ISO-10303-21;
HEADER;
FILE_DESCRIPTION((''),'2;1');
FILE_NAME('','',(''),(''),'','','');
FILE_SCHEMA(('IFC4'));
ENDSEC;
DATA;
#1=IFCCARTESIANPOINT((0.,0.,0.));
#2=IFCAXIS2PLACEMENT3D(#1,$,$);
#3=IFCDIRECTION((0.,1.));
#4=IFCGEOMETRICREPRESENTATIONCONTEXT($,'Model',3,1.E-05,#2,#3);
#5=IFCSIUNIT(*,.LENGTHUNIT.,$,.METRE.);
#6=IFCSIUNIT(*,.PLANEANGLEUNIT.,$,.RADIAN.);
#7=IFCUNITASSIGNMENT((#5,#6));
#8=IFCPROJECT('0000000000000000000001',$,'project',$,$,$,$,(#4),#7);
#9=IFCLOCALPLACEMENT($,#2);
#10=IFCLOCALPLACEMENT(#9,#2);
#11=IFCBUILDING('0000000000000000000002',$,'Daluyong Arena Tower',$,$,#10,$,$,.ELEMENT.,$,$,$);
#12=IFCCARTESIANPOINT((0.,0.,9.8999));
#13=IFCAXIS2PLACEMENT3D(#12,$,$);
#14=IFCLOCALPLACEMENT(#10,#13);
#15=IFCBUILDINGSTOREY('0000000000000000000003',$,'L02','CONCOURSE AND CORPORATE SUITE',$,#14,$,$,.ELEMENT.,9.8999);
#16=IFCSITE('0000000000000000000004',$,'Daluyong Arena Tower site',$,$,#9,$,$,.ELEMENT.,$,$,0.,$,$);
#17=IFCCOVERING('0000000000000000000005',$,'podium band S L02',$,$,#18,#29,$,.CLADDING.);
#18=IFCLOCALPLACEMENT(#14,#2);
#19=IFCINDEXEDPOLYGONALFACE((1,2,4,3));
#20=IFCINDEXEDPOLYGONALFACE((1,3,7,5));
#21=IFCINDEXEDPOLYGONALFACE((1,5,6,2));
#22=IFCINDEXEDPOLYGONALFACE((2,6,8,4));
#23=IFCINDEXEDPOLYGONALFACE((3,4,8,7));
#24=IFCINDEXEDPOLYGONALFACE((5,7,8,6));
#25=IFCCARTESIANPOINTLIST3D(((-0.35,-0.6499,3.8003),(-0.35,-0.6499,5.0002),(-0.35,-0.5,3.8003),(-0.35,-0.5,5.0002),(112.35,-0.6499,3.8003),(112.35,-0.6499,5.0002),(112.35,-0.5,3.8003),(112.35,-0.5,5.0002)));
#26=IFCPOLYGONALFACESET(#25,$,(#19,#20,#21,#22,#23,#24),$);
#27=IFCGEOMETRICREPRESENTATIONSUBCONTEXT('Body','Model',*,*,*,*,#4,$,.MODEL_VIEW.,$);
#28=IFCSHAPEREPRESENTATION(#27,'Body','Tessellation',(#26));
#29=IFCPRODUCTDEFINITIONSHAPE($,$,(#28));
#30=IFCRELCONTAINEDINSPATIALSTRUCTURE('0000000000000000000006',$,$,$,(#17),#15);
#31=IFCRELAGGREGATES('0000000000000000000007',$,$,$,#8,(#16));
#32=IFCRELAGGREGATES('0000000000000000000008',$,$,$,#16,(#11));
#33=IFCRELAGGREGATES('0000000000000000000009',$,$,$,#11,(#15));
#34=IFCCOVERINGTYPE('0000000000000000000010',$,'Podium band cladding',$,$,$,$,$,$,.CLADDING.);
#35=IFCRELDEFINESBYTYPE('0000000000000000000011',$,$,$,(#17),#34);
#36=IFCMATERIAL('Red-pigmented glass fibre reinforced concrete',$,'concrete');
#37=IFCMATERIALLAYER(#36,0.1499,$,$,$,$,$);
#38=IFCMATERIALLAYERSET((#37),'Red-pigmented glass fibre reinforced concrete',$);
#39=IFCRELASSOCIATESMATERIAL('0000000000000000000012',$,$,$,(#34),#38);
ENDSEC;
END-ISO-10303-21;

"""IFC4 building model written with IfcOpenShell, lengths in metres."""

from ifc_helpers import new_model, si_unit, direction, frame, origin, origin_2d, place, context, subcontext, project, spatial, rectangle, extrude, material, layer, layer_set, type_object, element, save


model = new_model("IFC4")

# Units and contexts
model_context = context("Model", 3, precision=1e-05, world=origin(), true_north=direction((0.0, 1.0)))
body_context = subcontext(model_context, "Body", "Model", "MODEL_VIEW")
ifc_project = project(units=[si_unit("LENGTHUNIT", "METRE"), si_unit("PLANEANGLEUNIT", "RADIAN")], contexts=[model_context])

# Site, building, storey
site_placement = place(None, origin())
site = spatial("IfcSite", under=ifc_project, at=site_placement, Name="Daluyong Arena Tower site", CompositionType="ELEMENT", RefElevation=0.0)
building_placement = place(site_placement, origin())
building = spatial("IfcBuilding", under=site, at=building_placement, Name="Daluyong Arena Tower", CompositionType="ELEMENT")
storey_placement = place(building_placement, frame((0.0, 0.0, 9.8999)))
storey = spatial("IfcBuildingStorey", under=building, at=storey_placement, Name="L02", Description="CONCOURSE AND CORPORATE SUITE", CompositionType="ELEMENT", Elevation=9.8999)

# Covering
ifc_material_1 = material(Name="Red-pigmented glass fibre reinforced concrete", Category="concrete")
ifc_layer_1 = layer(ifc_material_1, 0.1499)
ifc_layer_set_1 = layer_set([ifc_layer_1], Name="Red-pigmented glass fibre reinforced concrete")
covering_type = type_object("IfcCoveringType", Name="Podium band cladding", PredefinedType="CLADDING", material=ifc_layer_set_1)
covering_placement = place(storey_placement, frame((56.0, -0.575, 3.8003), z_axis=(0.0, 0.0, 1.0), x_axis=(1.0, 0.0, 0.0)))
element("IfcCovering", 1, at=covering_placement, inside=storey, type_object=covering_type, Name="podium band S L02", PredefinedType="CLADDING", context=body_context, shape_type="SweptSolid", body=[
    extrude(rectangle(XDim=112.7, YDim=0.1499, at=origin_2d()), origin(), (0.0, 0.0, 1.0), 1.2),
])

save(model, "model.ifc")
